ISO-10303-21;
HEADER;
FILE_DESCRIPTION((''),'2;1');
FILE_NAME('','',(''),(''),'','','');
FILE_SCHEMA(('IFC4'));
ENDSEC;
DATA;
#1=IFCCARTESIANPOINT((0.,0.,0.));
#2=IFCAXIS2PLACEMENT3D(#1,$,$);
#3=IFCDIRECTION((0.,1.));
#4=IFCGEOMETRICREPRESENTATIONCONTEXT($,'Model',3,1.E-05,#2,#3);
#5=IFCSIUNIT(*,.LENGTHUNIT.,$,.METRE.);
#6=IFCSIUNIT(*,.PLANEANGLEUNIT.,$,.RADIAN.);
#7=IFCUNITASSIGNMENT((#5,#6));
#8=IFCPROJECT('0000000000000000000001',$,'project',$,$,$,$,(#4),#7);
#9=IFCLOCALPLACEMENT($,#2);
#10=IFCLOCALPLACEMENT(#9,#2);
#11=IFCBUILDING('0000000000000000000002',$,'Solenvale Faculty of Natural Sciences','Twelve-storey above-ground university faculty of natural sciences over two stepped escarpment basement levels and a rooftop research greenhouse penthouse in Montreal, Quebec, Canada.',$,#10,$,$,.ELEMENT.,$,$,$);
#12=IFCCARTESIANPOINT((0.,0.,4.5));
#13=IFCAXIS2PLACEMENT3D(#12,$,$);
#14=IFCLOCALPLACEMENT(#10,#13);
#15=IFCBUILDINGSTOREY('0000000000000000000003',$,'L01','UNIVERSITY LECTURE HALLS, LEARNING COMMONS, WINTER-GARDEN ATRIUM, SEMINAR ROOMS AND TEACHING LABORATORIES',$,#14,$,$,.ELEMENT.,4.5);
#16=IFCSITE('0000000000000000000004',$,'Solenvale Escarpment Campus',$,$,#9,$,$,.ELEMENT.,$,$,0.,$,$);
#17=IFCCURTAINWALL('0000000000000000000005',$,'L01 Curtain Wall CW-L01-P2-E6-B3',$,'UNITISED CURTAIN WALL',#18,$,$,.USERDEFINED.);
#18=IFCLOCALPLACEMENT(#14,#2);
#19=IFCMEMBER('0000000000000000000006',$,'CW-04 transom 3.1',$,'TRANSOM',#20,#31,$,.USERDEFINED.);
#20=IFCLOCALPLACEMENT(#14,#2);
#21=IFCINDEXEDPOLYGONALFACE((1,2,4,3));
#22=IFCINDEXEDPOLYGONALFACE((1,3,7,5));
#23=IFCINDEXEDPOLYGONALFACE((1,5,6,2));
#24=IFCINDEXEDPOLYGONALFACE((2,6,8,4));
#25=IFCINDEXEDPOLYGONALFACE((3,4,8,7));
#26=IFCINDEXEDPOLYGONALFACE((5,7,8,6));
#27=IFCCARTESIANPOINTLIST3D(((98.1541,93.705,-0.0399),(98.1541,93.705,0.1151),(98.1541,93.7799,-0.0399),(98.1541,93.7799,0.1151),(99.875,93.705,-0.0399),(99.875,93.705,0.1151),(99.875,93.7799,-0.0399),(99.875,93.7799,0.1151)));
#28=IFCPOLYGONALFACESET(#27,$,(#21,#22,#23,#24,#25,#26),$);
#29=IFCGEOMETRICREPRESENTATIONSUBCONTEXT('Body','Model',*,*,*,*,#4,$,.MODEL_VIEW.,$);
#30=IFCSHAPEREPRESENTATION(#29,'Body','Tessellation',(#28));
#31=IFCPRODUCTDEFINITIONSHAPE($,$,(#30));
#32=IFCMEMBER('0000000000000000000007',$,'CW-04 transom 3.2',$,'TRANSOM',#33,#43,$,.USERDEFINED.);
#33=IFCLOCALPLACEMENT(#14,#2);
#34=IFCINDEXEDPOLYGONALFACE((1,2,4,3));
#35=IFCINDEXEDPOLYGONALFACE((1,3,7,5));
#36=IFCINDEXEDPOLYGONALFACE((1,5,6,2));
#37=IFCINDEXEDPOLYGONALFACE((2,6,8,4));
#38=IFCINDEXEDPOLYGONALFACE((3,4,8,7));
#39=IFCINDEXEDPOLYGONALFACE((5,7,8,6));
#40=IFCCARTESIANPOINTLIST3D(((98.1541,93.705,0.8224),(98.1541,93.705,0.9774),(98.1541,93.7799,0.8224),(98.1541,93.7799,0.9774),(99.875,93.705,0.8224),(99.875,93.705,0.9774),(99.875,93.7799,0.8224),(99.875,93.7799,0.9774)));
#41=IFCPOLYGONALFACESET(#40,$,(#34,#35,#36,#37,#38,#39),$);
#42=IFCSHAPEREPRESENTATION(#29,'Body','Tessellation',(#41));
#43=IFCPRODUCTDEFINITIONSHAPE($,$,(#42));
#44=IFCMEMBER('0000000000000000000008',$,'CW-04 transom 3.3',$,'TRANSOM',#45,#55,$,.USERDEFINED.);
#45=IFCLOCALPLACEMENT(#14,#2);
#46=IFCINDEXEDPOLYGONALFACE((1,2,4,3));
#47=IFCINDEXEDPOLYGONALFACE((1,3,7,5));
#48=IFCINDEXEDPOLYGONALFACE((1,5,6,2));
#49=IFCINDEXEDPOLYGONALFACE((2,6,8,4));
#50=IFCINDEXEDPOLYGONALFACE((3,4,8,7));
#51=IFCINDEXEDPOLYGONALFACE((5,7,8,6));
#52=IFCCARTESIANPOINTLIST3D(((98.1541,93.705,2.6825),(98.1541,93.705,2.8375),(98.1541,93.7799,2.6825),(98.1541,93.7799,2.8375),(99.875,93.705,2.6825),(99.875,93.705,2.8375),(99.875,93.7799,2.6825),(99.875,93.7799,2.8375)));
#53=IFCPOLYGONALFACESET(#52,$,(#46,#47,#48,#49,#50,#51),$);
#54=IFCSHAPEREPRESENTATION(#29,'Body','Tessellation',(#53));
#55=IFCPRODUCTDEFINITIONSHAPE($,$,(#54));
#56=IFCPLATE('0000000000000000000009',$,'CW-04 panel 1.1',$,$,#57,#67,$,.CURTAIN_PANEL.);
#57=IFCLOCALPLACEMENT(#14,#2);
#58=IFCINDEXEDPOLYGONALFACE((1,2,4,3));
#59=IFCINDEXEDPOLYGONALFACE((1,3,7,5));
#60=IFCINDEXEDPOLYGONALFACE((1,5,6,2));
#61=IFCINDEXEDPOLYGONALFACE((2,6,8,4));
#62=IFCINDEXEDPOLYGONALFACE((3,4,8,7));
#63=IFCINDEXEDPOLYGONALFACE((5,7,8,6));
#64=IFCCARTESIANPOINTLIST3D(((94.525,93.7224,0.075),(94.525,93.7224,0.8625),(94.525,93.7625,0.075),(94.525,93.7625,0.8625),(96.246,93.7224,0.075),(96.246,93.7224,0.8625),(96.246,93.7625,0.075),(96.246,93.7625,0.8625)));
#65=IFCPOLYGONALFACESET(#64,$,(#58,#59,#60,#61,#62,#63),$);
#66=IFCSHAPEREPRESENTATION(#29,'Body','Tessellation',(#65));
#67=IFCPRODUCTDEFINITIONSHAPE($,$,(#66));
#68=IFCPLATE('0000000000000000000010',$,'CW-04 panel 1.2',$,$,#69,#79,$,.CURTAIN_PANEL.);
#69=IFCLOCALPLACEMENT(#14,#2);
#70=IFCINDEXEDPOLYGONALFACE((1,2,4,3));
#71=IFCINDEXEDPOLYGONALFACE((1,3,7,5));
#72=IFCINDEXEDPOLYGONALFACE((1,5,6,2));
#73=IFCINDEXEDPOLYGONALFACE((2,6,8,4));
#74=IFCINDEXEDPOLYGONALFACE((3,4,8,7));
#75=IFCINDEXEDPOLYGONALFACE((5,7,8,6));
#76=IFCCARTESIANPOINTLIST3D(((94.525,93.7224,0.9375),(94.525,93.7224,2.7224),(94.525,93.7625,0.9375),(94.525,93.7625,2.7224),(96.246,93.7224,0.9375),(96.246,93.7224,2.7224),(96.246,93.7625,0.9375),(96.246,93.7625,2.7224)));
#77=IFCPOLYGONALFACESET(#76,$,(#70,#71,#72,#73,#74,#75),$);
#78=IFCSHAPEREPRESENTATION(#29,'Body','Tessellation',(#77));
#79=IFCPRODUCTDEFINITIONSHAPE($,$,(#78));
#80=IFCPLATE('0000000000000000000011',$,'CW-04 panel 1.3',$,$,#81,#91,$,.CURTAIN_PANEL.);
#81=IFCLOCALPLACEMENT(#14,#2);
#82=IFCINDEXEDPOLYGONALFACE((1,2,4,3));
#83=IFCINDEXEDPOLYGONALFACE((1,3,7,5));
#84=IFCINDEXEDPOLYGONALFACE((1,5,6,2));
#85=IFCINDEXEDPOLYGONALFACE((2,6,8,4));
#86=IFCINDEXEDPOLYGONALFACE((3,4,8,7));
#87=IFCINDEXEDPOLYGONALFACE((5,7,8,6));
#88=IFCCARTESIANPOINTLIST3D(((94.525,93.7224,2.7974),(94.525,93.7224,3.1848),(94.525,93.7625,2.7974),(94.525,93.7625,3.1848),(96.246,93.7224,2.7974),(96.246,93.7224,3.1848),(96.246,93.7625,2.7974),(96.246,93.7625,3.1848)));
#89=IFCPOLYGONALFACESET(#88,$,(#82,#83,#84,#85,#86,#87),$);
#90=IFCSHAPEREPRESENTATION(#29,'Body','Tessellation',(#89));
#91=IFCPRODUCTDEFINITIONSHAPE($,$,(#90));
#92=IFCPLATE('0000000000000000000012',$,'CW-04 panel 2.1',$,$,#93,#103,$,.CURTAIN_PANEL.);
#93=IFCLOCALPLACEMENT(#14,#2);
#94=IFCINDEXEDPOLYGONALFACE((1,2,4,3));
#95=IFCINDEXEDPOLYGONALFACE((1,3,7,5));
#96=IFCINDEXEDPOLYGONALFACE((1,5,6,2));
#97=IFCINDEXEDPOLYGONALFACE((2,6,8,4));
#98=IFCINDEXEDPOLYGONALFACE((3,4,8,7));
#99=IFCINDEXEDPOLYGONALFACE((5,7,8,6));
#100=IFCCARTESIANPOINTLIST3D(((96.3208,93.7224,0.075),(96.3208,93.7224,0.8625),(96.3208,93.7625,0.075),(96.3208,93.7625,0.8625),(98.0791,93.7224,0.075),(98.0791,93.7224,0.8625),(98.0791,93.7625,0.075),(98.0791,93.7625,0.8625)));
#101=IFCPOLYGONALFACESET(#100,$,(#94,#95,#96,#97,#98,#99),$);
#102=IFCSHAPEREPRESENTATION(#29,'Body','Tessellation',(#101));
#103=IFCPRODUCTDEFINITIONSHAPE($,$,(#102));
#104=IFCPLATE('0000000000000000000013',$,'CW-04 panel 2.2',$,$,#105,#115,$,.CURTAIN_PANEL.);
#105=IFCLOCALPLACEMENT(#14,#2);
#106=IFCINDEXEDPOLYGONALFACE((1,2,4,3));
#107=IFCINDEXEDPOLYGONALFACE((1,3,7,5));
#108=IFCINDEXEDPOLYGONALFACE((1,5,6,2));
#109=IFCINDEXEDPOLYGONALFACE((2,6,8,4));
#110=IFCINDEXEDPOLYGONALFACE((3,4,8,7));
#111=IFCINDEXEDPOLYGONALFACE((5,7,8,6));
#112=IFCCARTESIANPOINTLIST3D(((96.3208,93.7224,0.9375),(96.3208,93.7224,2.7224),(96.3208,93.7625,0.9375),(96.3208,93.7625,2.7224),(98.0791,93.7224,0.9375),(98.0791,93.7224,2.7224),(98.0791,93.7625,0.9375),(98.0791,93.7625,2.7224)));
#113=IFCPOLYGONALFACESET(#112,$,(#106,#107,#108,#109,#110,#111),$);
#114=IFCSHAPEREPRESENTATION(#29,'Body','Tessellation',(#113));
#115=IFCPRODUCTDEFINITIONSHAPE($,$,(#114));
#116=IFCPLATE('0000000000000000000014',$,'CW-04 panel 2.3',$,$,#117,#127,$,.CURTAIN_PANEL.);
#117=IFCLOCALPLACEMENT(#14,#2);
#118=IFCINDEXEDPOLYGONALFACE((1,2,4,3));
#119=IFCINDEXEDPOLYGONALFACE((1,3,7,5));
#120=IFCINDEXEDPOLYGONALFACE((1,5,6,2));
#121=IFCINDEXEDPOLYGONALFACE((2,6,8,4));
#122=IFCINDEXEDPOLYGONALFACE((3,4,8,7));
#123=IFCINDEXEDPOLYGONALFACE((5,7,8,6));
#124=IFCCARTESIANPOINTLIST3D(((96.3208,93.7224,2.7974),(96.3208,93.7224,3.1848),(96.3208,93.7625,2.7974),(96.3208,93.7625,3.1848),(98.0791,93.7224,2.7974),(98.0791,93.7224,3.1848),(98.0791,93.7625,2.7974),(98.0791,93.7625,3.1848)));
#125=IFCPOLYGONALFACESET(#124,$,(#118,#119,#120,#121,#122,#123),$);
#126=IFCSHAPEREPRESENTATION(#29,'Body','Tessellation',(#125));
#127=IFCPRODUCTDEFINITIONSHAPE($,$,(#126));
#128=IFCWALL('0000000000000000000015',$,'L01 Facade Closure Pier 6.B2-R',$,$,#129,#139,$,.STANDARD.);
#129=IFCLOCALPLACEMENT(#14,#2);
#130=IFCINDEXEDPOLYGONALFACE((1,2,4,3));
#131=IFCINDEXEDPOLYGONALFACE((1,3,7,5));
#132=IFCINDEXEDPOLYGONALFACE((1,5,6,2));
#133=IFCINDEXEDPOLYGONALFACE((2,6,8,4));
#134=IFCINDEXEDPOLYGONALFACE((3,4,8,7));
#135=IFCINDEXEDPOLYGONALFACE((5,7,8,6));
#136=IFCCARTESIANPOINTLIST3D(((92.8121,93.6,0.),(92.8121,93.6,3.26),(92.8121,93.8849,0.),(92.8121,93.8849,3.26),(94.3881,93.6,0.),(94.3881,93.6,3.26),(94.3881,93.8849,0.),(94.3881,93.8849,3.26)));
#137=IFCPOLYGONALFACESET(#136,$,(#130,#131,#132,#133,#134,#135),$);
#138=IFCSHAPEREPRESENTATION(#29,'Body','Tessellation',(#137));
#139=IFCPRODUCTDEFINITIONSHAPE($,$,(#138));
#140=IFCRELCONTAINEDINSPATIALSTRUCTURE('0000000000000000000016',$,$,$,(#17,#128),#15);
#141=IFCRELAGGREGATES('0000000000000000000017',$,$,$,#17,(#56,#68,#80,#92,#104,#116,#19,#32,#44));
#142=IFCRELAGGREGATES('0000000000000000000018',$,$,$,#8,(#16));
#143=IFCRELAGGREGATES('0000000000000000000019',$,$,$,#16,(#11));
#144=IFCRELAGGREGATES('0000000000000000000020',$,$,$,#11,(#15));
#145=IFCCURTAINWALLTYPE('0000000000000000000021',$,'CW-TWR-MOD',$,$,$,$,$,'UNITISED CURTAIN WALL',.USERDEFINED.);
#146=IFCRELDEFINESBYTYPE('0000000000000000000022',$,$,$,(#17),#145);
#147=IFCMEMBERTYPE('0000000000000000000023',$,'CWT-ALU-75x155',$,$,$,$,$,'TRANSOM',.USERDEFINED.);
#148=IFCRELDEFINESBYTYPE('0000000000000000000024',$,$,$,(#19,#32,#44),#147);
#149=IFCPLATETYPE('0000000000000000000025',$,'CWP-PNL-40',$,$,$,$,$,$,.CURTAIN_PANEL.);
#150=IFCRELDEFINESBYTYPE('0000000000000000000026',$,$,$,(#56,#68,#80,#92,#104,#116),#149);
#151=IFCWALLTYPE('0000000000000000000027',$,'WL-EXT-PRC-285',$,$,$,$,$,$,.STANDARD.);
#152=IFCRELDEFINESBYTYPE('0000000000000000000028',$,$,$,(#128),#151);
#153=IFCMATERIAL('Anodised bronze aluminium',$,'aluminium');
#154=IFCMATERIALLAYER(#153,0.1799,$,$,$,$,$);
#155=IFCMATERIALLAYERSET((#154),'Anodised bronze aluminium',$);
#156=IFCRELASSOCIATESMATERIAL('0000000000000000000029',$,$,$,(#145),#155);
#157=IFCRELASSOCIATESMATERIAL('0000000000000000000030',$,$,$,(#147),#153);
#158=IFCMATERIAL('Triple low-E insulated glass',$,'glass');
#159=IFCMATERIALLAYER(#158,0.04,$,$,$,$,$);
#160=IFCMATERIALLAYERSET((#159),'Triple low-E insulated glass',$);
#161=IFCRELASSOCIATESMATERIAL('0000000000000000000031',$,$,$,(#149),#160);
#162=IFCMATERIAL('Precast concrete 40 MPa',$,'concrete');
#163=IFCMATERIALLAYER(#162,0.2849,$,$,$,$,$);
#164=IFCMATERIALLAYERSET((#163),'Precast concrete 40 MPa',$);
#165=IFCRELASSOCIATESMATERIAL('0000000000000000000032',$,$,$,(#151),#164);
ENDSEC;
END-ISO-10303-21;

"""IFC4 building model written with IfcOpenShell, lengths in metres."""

from ifc_helpers import new_model, si_unit, direction, frame, frame_2d, origin, origin_2d, place, context, subcontext, project, spatial, rectangle, extrude, material, layer, layer_set, material_profile, profile_set, type_object, element, aggregate, save


model = new_model("IFC4")

# Units and contexts
model_context = context("Model", 3, precision=1e-05, world=origin(), true_north=direction((0.0, 1.0)))
body_context = subcontext(model_context, "Body", "Model", "MODEL_VIEW")
ifc_project = project(units=[si_unit("LENGTHUNIT", "METRE"), si_unit("PLANEANGLEUNIT", "RADIAN")], contexts=[model_context])

# Site, building, storey
site_placement = place(None, origin())
site = spatial("IfcSite", under=ifc_project, at=site_placement, Name="Solenvale Escarpment Campus", CompositionType="ELEMENT", RefElevation=0.0)
building_placement = place(site_placement, origin())
building = spatial("IfcBuilding", under=site, at=building_placement, Name="Solenvale Faculty of Natural Sciences", Description="Twelve-storey above-ground university faculty of natural sciences over two stepped escarpment basement levels and a rooftop research greenhouse penthouse in Montreal, Quebec, Canada.", CompositionType="ELEMENT")
storey_placement = place(building_placement, frame((0.0, 0.0, 4.5)))
storey = spatial("IfcBuildingStorey", under=building, at=storey_placement, Name="L01", Description="UNIVERSITY LECTURE HALLS, LEARNING COMMONS, WINTER-GARDEN ATRIUM, SEMINAR ROOMS AND TEACHING LABORATORIES", CompositionType="ELEMENT", Elevation=4.5)

# Shared definitions
ifc_material_1 = material(Name="Anodised bronze aluminium", Category="aluminium")
ifc_layer_1 = layer(ifc_material_1, 0.1799)
ifc_layer_set_1 = layer_set([ifc_layer_1], Name="Anodised bronze aluminium")
curtain_wall_type = type_object("IfcCurtainWallType", Name="CW-TWR-MOD", ElementType="UNITISED CURTAIN WALL", PredefinedType="USERDEFINED", material=ifc_layer_set_1)

# Curtain wall, members, plates
curtain_wall_1_placement = place(storey_placement, origin())
curtain_wall_1 = element("IfcCurtainWall", 1, at=curtain_wall_1_placement, inside=storey, type_object=curtain_wall_type, Name="L01 Curtain Wall CW-L01-P2-E6-B3", ObjectType="UNITISED CURTAIN WALL", PredefinedType="USERDEFINED")
ifc_material_profile_1 = material_profile(ifc_material_1, rectangle(XDim=0.075, YDim=0.155, at=origin_2d()), Name="ALU-TRN-75x155")
ifc_profile_set_1 = profile_set([ifc_material_profile_1], Name="Anodised bronze aluminium")
member_type_1 = type_object("IfcMemberType", Name="CWT-ALU-75x155", ElementType="TRANSOM", PredefinedType="USERDEFINED", material=ifc_profile_set_1)
member_1_placement = place(storey_placement, frame((98.1541, 93.7424, 0.0376), z_axis=(1.0, 0.0, 0.0), x_axis=(0.0, 1.0, 0.0)))
member_1 = element("IfcMember", 2, at=member_1_placement, type_object=member_type_1, Name="CW-04 transom 3.1", ObjectType="TRANSOM", PredefinedType="USERDEFINED", context=body_context, shape_type="SweptSolid", body=[
    extrude(rectangle(XDim=0.075, YDim=0.155, at=origin_2d()), origin(), (0.0, 0.0, 1.0), 1.7209),
])
member_2_placement = place(storey_placement, frame((98.1541, 93.7424, 0.8999), z_axis=(1.0, 0.0, 0.0), x_axis=(0.0, 1.0, 0.0)))
member_2 = element("IfcMember", 3, at=member_2_placement, type_object=member_type_1, Name="CW-04 transom 3.2", ObjectType="TRANSOM", PredefinedType="USERDEFINED", context=body_context, shape_type="SweptSolid", body=[
    extrude(rectangle(XDim=0.075, YDim=0.155, at=origin_2d()), origin(), (0.0, 0.0, 1.0), 1.7209),
])
member_3_placement = place(storey_placement, frame((98.1541, 93.7424, 2.76), z_axis=(1.0, 0.0, 0.0), x_axis=(0.0, 1.0, 0.0)))
member_3 = element("IfcMember", 4, at=member_3_placement, type_object=member_type_1, Name="CW-04 transom 3.3", ObjectType="TRANSOM", PredefinedType="USERDEFINED", context=body_context, shape_type="SweptSolid", body=[
    extrude(rectangle(XDim=0.075, YDim=0.155, at=origin_2d()), origin(), (0.0, 0.0, 1.0), 1.7209),
])
ifc_material_2 = material(Name="Triple low-E insulated glass", Category="glass")
ifc_layer_2 = layer(ifc_material_2, 0.04)
ifc_layer_set_2 = layer_set([ifc_layer_2], Name="Triple low-E insulated glass")
plate_type = type_object("IfcPlateType", Name="CWP-PNL-40", PredefinedType="CURTAIN_PANEL", material=ifc_layer_set_2)
plate_1_placement = place(storey_placement, frame((95.3855, 93.7424, 0.075), z_axis=(0.0, 0.0, 1.0), x_axis=(1.0, 0.0, 0.0)))
plate_1 = element("IfcPlate", 5, at=plate_1_placement, type_object=plate_type, Name="CW-04 panel 1.1", PredefinedType="CURTAIN_PANEL", context=body_context, shape_type="SweptSolid", body=[
    extrude(rectangle(XDim=1.7209, YDim=0.04, at=origin_2d()), origin(), (0.0, 0.0, 1.0), 0.7876),
])
plate_2_placement = place(storey_placement, frame((95.3855, 93.7424, 0.9375), z_axis=(0.0, 0.0, 1.0), x_axis=(1.0, 0.0, 0.0)))
plate_2 = element("IfcPlate", 6, at=plate_2_placement, type_object=plate_type, Name="CW-04 panel 1.2", PredefinedType="CURTAIN_PANEL", context=body_context, shape_type="SweptSolid", body=[
    extrude(rectangle(XDim=1.7209, YDim=0.04, at=origin_2d()), origin(), (0.0, 0.0, 1.0), 1.7849),
])
plate_3_placement = place(storey_placement, frame((95.3855, 93.7424, 2.7974), z_axis=(0.0, 0.0, 1.0), x_axis=(1.0, 0.0, 0.0)))
plate_3 = element("IfcPlate", 7, at=plate_3_placement, type_object=plate_type, Name="CW-04 panel 1.3", PredefinedType="CURTAIN_PANEL", context=body_context, shape_type="SweptSolid", body=[
    extrude(rectangle(XDim=1.7209, YDim=0.04, at=origin_2d()), origin(), (0.0, 0.0, 1.0), 0.3875),
])
plate_4_placement = place(storey_placement, frame((97.2, 93.7424, 0.075), z_axis=(0.0, 0.0, 1.0), x_axis=(1.0, 0.0, 0.0)))
plate_4 = element("IfcPlate", 8, at=plate_4_placement, type_object=plate_type, Name="CW-04 panel 2.1", PredefinedType="CURTAIN_PANEL", context=body_context, shape_type="SweptSolid", body=[
    extrude(rectangle(XDim=1.7583, YDim=0.04, at=origin_2d()), origin(), (0.0, 0.0, 1.0), 0.7876),
])
plate_5_placement = place(storey_placement, frame((97.2, 93.7424, 0.9375), z_axis=(0.0, 0.0, 1.0), x_axis=(1.0, 0.0, 0.0)))
plate_5 = element("IfcPlate", 9, at=plate_5_placement, type_object=plate_type, Name="CW-04 panel 2.2", PredefinedType="CURTAIN_PANEL", context=body_context, shape_type="SweptSolid", body=[
    extrude(rectangle(XDim=1.7583, YDim=0.04, at=origin_2d()), origin(), (0.0, 0.0, 1.0), 1.7849),
])
plate_6_placement = place(storey_placement, frame((97.2, 93.7424, 2.7974), z_axis=(0.0, 0.0, 1.0), x_axis=(1.0, 0.0, 0.0)))
plate_6 = element("IfcPlate", 10, at=plate_6_placement, type_object=plate_type, Name="CW-04 panel 2.3", PredefinedType="CURTAIN_PANEL", context=body_context, shape_type="SweptSolid", body=[
    extrude(rectangle(XDim=1.7583, YDim=0.04, at=origin_2d()), origin(), (0.0, 0.0, 1.0), 0.3875),
])
aggregate(curtain_wall_1, [plate_1, plate_2, plate_3, plate_4, plate_5, plate_6, member_1, member_2, member_3])

# Wall
ifc_material_3 = material(Name="Precast concrete 40 MPa", Category="concrete")
ifc_layer_3 = layer(ifc_material_3, 0.2849)
ifc_layer_set_3 = layer_set([ifc_layer_3], Name="Precast concrete 40 MPa")
wall_type = type_object("IfcWallType", Name="WL-EXT-PRC-285", PredefinedType="STANDARD", material=ifc_layer_set_3)
wall_placement = place(storey_placement, frame((92.812, 93.7424, 0.0), z_axis=(0.0, 0.0, 1.0), x_axis=(1.0, 0.0, 0.0)))
element("IfcWall", 11, at=wall_placement, inside=storey, type_object=wall_type, Name="L01 Facade Closure Pier 6.B2-R", PredefinedType="STANDARD", context=body_context, shape_type="SweptSolid", body=[
    extrude(rectangle(XDim=1.5759, YDim=0.2849, at=frame_2d((0.7881, 0.0))), origin(), (0.0, 0.0, 1.0), 3.26),
])

save(model, "model.ifc")
